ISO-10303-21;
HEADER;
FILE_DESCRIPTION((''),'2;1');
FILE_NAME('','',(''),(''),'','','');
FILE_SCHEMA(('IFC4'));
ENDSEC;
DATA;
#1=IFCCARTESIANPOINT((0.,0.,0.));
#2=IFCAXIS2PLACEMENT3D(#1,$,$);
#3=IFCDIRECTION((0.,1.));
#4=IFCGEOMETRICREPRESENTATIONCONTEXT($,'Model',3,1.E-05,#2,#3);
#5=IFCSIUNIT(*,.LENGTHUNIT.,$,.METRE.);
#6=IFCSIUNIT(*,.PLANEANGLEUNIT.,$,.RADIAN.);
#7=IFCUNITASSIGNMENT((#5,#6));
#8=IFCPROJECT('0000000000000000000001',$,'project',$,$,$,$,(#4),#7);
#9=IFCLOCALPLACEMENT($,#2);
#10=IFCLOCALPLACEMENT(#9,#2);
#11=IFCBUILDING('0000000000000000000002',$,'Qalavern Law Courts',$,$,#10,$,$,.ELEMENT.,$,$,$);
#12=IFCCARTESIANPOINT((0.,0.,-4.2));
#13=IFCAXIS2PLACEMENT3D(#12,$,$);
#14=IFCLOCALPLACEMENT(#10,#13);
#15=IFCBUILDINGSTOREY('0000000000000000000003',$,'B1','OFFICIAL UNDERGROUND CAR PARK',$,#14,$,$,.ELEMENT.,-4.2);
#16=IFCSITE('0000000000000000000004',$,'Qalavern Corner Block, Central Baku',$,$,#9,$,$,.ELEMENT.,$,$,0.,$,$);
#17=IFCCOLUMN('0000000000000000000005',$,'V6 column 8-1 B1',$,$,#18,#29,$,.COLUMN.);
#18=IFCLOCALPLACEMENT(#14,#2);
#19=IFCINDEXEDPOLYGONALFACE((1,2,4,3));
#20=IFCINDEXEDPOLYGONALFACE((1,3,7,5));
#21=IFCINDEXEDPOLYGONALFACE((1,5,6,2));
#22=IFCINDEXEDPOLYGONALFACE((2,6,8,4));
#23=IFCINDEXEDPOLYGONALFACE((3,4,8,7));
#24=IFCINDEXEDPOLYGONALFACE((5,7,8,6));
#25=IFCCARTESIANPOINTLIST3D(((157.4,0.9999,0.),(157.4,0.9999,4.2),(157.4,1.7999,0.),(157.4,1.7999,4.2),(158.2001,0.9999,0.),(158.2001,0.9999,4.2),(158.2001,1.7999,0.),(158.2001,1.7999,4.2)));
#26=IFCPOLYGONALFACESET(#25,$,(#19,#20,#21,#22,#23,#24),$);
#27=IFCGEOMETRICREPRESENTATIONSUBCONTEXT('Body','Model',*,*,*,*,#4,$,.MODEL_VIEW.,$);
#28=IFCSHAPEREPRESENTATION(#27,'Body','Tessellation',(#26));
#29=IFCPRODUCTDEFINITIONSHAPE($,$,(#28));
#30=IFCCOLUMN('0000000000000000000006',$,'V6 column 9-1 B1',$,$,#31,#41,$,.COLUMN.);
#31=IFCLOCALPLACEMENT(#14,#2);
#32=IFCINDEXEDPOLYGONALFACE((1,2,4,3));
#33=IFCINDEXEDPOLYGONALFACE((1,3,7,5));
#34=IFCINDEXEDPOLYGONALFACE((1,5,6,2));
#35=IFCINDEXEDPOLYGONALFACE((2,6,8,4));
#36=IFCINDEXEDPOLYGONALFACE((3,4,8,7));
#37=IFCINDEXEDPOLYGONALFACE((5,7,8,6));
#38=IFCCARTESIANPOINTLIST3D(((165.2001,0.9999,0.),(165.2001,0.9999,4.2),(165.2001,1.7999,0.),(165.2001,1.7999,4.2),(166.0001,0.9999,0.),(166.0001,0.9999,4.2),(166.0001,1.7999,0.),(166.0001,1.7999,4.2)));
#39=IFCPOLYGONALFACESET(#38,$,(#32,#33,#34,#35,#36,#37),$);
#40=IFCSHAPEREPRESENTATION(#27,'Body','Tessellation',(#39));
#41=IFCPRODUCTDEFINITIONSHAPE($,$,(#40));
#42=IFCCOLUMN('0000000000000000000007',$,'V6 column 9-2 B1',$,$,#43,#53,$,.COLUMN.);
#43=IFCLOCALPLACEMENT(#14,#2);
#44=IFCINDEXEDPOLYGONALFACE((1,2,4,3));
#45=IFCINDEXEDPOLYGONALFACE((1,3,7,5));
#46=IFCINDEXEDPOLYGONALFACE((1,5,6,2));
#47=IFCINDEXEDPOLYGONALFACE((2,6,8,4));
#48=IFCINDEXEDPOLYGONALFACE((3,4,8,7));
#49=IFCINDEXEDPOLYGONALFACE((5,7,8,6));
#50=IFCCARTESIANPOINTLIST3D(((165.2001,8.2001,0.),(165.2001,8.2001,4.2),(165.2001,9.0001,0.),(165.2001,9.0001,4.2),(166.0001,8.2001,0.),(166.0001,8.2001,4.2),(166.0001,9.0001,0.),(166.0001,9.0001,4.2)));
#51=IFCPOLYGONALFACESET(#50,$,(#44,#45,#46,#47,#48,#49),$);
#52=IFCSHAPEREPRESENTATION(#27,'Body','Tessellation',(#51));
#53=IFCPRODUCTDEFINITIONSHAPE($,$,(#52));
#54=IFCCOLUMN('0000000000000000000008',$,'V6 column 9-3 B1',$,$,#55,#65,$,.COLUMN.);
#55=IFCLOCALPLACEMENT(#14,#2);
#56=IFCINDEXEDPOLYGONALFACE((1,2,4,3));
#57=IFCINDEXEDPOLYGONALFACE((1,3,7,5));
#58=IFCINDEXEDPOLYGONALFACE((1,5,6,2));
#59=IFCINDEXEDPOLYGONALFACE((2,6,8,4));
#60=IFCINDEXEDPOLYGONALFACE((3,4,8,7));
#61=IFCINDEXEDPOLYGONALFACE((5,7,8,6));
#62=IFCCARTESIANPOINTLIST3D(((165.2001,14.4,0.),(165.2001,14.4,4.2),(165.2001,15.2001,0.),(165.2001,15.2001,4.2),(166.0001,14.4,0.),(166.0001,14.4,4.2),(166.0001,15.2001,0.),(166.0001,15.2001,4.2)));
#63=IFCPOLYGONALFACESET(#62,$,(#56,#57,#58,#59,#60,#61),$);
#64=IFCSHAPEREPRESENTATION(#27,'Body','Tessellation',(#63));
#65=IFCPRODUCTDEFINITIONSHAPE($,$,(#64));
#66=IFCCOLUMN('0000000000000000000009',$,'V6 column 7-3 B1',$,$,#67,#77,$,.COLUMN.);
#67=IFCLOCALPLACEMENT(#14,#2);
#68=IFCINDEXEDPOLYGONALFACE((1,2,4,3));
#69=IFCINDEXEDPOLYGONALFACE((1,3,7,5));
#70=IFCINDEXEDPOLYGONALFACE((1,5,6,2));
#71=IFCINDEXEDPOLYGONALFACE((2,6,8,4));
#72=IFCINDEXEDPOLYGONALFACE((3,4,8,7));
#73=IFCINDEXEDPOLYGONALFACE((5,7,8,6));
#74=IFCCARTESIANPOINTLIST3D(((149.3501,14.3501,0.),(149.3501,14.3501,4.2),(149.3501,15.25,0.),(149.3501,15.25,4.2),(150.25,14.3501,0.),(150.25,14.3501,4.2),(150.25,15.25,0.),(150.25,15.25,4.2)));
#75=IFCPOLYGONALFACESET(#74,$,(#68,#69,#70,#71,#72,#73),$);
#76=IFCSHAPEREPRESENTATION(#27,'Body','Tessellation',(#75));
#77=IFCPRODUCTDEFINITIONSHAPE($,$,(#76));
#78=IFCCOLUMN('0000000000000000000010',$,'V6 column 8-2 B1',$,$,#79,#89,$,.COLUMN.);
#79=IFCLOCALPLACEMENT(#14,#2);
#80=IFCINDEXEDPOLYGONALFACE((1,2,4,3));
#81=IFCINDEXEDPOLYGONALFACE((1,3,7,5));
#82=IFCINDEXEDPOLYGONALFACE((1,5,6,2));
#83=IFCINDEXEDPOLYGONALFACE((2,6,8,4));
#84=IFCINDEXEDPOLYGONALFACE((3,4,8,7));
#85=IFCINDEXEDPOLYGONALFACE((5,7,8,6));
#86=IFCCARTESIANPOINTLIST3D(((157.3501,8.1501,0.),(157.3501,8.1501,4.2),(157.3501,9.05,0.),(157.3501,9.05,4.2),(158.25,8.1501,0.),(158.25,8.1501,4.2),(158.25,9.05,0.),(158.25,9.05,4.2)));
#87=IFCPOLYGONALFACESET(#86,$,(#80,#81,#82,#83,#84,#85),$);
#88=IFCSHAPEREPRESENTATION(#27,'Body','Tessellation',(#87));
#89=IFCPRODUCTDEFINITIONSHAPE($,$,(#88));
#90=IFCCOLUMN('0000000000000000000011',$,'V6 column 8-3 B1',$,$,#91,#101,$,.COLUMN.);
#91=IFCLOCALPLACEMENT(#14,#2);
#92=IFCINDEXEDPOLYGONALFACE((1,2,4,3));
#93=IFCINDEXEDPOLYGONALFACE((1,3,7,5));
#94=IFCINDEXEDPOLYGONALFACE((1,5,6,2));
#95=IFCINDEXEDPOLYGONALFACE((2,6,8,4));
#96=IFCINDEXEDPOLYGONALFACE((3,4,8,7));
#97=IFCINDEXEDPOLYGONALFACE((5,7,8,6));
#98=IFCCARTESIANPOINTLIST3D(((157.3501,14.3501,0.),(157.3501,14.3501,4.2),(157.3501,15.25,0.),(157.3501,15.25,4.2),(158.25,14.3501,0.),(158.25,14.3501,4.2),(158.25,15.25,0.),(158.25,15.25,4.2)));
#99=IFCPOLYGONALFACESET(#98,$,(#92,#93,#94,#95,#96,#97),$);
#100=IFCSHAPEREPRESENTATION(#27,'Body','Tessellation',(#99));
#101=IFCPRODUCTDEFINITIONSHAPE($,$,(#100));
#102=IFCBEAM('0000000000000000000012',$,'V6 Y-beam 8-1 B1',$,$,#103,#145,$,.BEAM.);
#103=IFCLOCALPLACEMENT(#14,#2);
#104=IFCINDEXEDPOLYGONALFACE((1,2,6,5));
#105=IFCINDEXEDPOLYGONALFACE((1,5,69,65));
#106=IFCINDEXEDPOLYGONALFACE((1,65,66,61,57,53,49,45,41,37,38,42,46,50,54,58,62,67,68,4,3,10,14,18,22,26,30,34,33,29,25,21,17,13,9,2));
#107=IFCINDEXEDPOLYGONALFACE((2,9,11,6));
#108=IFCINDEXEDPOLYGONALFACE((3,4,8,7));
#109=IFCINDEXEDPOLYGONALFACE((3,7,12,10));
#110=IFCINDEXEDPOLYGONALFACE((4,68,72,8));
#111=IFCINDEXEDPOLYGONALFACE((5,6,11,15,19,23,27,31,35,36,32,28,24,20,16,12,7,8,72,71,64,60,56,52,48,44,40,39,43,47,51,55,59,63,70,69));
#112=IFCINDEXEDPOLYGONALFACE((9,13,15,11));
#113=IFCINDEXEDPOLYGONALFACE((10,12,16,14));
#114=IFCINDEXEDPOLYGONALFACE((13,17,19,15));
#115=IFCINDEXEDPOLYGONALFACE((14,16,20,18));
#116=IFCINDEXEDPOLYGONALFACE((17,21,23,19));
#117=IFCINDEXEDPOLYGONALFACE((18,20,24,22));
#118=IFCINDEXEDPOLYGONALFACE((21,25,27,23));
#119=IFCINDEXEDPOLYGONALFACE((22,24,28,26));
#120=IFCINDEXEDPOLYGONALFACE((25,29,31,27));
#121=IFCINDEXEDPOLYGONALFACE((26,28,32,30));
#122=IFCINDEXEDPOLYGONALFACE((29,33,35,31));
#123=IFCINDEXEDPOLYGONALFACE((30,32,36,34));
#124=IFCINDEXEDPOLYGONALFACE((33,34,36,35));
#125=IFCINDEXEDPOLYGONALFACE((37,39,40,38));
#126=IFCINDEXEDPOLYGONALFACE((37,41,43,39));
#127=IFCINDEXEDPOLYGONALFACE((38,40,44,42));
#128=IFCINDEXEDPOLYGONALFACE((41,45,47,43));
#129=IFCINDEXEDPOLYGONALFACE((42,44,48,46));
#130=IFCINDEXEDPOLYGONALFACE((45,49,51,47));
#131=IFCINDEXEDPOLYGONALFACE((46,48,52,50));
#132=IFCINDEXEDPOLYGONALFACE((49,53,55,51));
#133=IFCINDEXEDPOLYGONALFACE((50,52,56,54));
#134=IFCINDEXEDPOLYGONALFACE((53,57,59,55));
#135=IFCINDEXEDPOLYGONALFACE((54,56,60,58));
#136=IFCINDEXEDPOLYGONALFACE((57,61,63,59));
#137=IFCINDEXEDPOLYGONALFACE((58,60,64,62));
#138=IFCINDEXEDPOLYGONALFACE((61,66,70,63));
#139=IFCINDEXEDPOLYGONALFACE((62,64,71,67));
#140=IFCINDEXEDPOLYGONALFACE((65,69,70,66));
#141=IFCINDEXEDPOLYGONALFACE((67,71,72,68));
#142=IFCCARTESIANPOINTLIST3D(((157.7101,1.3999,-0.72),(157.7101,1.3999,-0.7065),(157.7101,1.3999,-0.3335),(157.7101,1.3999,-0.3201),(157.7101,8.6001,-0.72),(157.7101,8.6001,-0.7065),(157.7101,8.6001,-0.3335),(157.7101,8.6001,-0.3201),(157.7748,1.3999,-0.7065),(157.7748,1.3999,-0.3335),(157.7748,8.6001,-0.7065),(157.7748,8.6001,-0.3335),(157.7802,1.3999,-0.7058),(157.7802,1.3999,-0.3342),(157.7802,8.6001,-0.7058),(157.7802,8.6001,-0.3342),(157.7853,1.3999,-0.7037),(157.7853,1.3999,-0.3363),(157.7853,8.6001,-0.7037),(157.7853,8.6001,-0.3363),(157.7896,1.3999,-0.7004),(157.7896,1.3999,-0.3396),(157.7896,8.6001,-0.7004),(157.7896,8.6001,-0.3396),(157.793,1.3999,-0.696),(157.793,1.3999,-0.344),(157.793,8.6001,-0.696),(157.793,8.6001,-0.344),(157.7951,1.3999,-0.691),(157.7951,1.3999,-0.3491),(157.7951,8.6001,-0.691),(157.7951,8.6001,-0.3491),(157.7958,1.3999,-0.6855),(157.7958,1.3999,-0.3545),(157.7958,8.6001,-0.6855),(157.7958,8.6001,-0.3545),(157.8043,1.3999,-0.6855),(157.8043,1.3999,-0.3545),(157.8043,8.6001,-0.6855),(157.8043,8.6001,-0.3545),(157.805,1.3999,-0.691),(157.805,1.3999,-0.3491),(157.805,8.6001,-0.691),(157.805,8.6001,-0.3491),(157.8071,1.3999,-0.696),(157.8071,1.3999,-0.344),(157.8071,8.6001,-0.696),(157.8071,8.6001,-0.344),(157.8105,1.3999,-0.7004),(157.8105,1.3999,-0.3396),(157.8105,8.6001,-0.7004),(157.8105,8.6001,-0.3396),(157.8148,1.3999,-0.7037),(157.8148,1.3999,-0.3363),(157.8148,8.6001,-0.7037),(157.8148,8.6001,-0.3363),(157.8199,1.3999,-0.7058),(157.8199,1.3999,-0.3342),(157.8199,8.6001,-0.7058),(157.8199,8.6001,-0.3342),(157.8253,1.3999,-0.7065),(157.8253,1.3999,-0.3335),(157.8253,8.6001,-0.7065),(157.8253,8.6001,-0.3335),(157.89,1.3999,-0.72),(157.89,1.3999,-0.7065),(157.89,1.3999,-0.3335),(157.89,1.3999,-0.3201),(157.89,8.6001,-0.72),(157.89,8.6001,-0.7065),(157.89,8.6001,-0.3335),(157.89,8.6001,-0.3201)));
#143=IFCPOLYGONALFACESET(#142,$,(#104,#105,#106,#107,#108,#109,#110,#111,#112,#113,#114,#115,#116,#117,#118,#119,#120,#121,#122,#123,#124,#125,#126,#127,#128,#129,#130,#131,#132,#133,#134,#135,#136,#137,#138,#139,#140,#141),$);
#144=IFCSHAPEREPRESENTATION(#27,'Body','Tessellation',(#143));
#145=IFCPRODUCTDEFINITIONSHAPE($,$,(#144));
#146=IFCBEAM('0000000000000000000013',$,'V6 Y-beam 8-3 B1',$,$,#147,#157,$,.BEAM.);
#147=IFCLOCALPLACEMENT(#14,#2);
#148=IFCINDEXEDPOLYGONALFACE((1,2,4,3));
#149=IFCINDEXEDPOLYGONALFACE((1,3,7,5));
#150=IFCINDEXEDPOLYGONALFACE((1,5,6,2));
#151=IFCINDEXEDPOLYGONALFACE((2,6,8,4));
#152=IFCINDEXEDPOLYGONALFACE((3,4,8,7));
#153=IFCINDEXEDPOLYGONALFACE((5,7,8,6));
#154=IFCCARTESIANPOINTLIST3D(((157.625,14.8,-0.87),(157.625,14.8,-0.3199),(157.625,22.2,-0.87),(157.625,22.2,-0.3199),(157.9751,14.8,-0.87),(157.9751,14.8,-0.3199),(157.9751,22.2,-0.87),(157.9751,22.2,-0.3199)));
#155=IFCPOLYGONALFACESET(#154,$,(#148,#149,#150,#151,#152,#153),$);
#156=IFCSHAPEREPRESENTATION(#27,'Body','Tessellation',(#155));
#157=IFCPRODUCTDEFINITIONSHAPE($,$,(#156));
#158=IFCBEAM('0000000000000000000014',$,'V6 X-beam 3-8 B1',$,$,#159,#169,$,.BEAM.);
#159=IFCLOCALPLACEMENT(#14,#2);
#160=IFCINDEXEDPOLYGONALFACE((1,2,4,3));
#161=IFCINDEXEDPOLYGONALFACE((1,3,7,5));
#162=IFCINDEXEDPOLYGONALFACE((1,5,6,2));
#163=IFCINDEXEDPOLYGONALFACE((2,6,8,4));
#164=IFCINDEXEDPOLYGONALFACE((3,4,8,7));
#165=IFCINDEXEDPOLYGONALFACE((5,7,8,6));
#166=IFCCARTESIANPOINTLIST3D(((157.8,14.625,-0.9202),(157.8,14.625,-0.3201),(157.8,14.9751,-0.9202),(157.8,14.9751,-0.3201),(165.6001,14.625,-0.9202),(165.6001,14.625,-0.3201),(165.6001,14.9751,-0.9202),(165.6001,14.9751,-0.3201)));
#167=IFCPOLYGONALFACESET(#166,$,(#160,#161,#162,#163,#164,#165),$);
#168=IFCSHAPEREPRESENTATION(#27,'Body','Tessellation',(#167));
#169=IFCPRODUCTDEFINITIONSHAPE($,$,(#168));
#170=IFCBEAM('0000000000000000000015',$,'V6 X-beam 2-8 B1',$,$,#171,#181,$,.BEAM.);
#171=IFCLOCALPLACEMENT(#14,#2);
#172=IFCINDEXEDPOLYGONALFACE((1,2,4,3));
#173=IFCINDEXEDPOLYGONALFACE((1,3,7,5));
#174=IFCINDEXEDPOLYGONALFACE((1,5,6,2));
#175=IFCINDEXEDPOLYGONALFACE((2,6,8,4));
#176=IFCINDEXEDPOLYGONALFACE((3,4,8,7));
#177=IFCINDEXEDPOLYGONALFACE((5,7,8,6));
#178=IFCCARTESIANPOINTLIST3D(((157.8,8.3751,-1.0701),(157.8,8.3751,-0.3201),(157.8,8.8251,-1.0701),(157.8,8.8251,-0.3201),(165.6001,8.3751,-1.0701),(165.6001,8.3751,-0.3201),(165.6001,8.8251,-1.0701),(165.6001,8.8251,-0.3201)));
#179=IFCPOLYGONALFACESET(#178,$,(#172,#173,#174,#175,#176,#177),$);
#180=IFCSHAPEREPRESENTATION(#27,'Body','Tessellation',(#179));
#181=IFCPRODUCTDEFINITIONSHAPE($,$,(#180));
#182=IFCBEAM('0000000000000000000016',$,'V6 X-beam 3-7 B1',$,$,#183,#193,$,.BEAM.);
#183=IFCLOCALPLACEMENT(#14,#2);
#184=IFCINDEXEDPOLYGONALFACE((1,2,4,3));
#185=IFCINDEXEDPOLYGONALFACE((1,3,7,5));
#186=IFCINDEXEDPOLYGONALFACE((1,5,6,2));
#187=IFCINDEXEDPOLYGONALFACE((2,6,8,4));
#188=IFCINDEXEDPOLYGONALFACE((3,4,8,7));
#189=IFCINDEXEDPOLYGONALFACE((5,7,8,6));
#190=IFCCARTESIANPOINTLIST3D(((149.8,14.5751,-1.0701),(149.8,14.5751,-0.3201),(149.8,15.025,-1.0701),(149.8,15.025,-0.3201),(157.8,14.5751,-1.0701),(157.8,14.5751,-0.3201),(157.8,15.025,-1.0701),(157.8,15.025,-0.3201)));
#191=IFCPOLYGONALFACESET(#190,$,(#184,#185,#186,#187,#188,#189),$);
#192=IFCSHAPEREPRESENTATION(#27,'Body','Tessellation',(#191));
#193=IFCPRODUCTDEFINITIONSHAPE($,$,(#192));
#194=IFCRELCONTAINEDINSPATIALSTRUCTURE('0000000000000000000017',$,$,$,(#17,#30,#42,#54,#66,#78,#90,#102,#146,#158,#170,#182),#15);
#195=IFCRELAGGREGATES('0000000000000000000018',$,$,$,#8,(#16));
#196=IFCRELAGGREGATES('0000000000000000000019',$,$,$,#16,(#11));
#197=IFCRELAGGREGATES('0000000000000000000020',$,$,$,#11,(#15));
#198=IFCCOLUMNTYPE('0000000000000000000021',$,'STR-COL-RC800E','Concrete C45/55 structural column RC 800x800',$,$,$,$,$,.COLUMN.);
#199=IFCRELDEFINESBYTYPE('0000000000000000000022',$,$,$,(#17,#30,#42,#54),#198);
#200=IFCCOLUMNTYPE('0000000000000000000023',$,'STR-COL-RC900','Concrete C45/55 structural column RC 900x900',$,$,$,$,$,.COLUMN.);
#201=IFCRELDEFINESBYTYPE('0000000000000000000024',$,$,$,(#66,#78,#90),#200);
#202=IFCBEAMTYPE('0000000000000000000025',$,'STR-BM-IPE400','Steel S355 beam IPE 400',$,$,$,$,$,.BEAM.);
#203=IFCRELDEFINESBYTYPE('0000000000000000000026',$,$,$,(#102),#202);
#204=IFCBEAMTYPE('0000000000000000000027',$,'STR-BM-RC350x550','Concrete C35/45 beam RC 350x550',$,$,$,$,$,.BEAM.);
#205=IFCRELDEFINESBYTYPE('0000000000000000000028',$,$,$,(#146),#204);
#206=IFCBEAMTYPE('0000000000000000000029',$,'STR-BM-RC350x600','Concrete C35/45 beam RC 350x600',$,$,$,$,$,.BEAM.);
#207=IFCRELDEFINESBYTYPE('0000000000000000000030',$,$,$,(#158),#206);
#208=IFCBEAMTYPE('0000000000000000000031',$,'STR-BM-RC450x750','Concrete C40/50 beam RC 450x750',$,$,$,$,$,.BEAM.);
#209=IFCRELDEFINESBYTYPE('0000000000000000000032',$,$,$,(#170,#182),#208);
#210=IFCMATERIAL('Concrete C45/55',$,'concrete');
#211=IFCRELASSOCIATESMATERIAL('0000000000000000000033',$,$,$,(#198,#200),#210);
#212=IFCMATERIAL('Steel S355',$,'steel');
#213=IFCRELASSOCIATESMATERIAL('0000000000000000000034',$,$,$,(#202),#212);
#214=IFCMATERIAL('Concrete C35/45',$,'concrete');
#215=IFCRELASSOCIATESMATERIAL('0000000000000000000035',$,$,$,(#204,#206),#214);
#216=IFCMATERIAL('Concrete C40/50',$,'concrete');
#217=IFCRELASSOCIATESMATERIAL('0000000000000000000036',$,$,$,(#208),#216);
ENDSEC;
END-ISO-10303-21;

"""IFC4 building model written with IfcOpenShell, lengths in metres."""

from ifc_helpers import new_model, si_unit, direction, frame, origin, origin_2d, place, context, subcontext, project, spatial, rectangle, i_section, extrude, material, material_profile, profile_set, type_object, element, save


model = new_model("IFC4")

# Units and contexts
model_context = context("Model", 3, precision=1e-05, world=origin(), true_north=direction((0.0, 1.0)))
body_context = subcontext(model_context, "Body", "Model", "MODEL_VIEW")
ifc_project = project(units=[si_unit("LENGTHUNIT", "METRE"), si_unit("PLANEANGLEUNIT", "RADIAN")], contexts=[model_context])

# Site, building, storey
site_placement = place(None, origin())
site = spatial("IfcSite", under=ifc_project, at=site_placement, Name="Qalavern Corner Block, Central Baku", CompositionType="ELEMENT", RefElevation=0.0)
building_placement = place(site_placement, origin())
building = spatial("IfcBuilding", under=site, at=building_placement, Name="Qalavern Law Courts", CompositionType="ELEMENT")
storey_placement = place(building_placement, frame((0.0, 0.0, -4.2)))
storey = spatial("IfcBuildingStorey", under=building, at=storey_placement, Name="B1", Description="OFFICIAL UNDERGROUND CAR PARK", CompositionType="ELEMENT", Elevation=-4.2)

# Columns
ifc_material_1 = material(Name="Concrete C45/55", Category="concrete")
ifc_material_profile_1 = material_profile(ifc_material_1, rectangle(XDim=0.8, YDim=0.8, at=origin_2d()), Name="RC 800x800")
ifc_profile_set_1 = profile_set([ifc_material_profile_1], Name="Concrete C45/55")
column_type_1 = type_object("IfcColumnType", Name="STR-COL-RC800E", Description="Concrete C45/55 structural column RC 800x800", PredefinedType="COLUMN", material=ifc_profile_set_1)
for number, where, z_axis, x_axis, name in (
    (1, (157.8, 1.3999, 0.0), (0.0, 0.0, 1.0), (1.0, 0.0, 0.0), "V6 column 8-1 B1"),
    (2, (165.6001, 1.3999, 0.0), (0.0, 0.0, 1.0), (1.0, 0.0, 0.0), "V6 column 9-1 B1"),
    (3, (165.6001, 8.6001, 0.0), (0.0, 0.0, 1.0), (1.0, 0.0, 0.0), "V6 column 9-2 B1"),
    (4, (165.6001, 14.8, 0.0), (0.0, 0.0, 1.0), (1.0, 0.0, 0.0), "V6 column 9-3 B1"),
):
    element("IfcColumn", number, at=place(storey_placement, frame(where, z_axis=z_axis, x_axis=x_axis)), inside=storey, type_object=column_type_1, Name=name, PredefinedType="COLUMN", context=body_context, shape_type="SweptSolid", body=[
        extrude(rectangle(XDim=0.8, YDim=0.8, at=origin_2d()), origin(), (0.0, 0.0, 1.0), 4.2),
    ])
ifc_material_profile_2 = material_profile(ifc_material_1, rectangle(XDim=0.8999, YDim=0.8999, at=origin_2d()), Name="RC 900x900")
ifc_profile_set_2 = profile_set([ifc_material_profile_2], Name="Concrete C45/55")
column_type_2 = type_object("IfcColumnType", Name="STR-COL-RC900", Description="Concrete C45/55 structural column RC 900x900", PredefinedType="COLUMN", material=ifc_profile_set_2)
for number, where, z_axis, x_axis, name in (
    (5, (149.8, 14.8, 0.0), (0.0, 0.0, 1.0), (1.0, 0.0, 0.0), "V6 column 7-3 B1"),
    (6, (157.8, 8.6001, 0.0), (0.0, 0.0, 1.0), (1.0, 0.0, 0.0), "V6 column 8-2 B1"),
    (7, (157.8, 14.8, 0.0), (0.0, 0.0, 1.0), (1.0, 0.0, 0.0), "V6 column 8-3 B1"),
):
    element("IfcColumn", number, at=place(storey_placement, frame(where, z_axis=z_axis, x_axis=x_axis)), inside=storey, type_object=column_type_2, Name=name, PredefinedType="COLUMN", context=body_context, shape_type="SweptSolid", body=[
        extrude(rectangle(XDim=0.8999, YDim=0.8999, at=origin_2d()), origin(), (0.0, 0.0, 1.0), 4.2),
    ])

# Beams
ifc_material_2 = material(Name="Steel S355", Category="steel")
ifc_material_profile_3 = material_profile(ifc_material_2, i_section(OverallWidth=0.1799, OverallDepth=0.3999, WebThickness=0.0085, FlangeThickness=0.0134, FilletRadius=0.021, at=origin_2d()), Name="IPE 400")
ifc_profile_set_3 = profile_set([ifc_material_profile_3], Name="Steel S355")
beam_type_1 = type_object("IfcBeamType", Name="STR-BM-IPE400", Description="Steel S355 beam IPE 400", PredefinedType="BEAM", material=ifc_profile_set_3)
beam_1_placement = place(storey_placement, frame((157.8, 1.3999, -0.52), z_axis=(0.0, 1.0, 0.0), x_axis=(-1.0, 0.0, 0.0)))
element("IfcBeam", 8, at=beam_1_placement, inside=storey, type_object=beam_type_1, Name="V6 Y-beam 8-1 B1", PredefinedType="BEAM", context=body_context, shape_type="SweptSolid", body=[
    extrude(i_section(OverallWidth=0.1799, OverallDepth=0.3999, WebThickness=0.0085, FlangeThickness=0.0134, FilletRadius=0.021, at=origin_2d()), origin(), (0.0, 0.0, 1.0), 7.2002),
])
ifc_material_3 = material(Name="Concrete C35/45", Category="concrete")
ifc_material_profile_4 = material_profile(ifc_material_3, rectangle(XDim=0.3501, YDim=0.55, at=origin_2d()), Name="RC 350x550")
ifc_profile_set_4 = profile_set([ifc_material_profile_4], Name="Concrete C35/45")
beam_type_2 = type_object("IfcBeamType", Name="STR-BM-RC350x550", Description="Concrete C35/45 beam RC 350x550", PredefinedType="BEAM", material=ifc_profile_set_4)
beam_2_placement = place(storey_placement, frame((157.8, 14.8, -0.595), z_axis=(0.0, 1.0, 0.0), x_axis=(-1.0, 0.0, 0.0)))
element("IfcBeam", 9, at=beam_2_placement, inside=storey, type_object=beam_type_2, Name="V6 Y-beam 8-3 B1", PredefinedType="BEAM", context=body_context, shape_type="SweptSolid", body=[
    extrude(rectangle(XDim=0.3501, YDim=0.55, at=origin_2d()), origin(), (0.0, 0.0, 1.0), 7.3999),
])
ifc_material_profile_5 = material_profile(ifc_material_3, rectangle(XDim=0.3501, YDim=0.6001, at=origin_2d()), Name="RC 350x600")
ifc_profile_set_5 = profile_set([ifc_material_profile_5], Name="Concrete C35/45")
beam_type_3 = type_object("IfcBeamType", Name="STR-BM-RC350x600", Description="Concrete C35/45 beam RC 350x600", PredefinedType="BEAM", material=ifc_profile_set_5)
beam_3_placement = place(storey_placement, frame((157.8, 14.8, -0.6201), z_axis=(1.0, 0.0, 0.0), x_axis=(0.0, 1.0, 0.0)))
element("IfcBeam", 10, at=beam_3_placement, inside=storey, type_object=beam_type_3, Name="V6 X-beam 3-8 B1", PredefinedType="BEAM", context=body_context, shape_type="SweptSolid", body=[
    extrude(rectangle(XDim=0.3501, YDim=0.6001, at=origin_2d()), origin(), (0.0, 0.0, 1.0), 7.8),
])
ifc_material_4 = material(Name="Concrete C40/50", Category="concrete")
ifc_material_profile_6 = material_profile(ifc_material_4, rectangle(XDim=0.45, YDim=0.75, at=origin_2d()), Name="RC 450x750")
ifc_profile_set_6 = profile_set([ifc_material_profile_6], Name="Concrete C40/50")
beam_type_4 = type_object("IfcBeamType", Name="STR-BM-RC450x750", Description="Concrete C40/50 beam RC 450x750", PredefinedType="BEAM", material=ifc_profile_set_6)
beam_4_placement = place(storey_placement, frame((157.8, 8.6001, -0.6951), z_axis=(1.0, 0.0, 0.0), x_axis=(0.0, 1.0, 0.0)))
element("IfcBeam", 11, at=beam_4_placement, inside=storey, type_object=beam_type_4, Name="V6 X-beam 2-8 B1", PredefinedType="BEAM", context=body_context, shape_type="SweptSolid", body=[
    extrude(rectangle(XDim=0.45, YDim=0.75, at=origin_2d()), origin(), (0.0, 0.0, 1.0), 7.8),
])
beam_5_placement = place(storey_placement, frame((149.8, 14.8, -0.6951), z_axis=(1.0, 0.0, 0.0), x_axis=(0.0, 1.0, 0.0)))
element("IfcBeam", 12, at=beam_5_placement, inside=storey, type_object=beam_type_4, Name="V6 X-beam 3-7 B1", PredefinedType="BEAM", context=body_context, shape_type="SweptSolid", body=[
    extrude(rectangle(XDim=0.45, YDim=0.75, at=origin_2d()), origin(), (0.0, 0.0, 1.0), 8.0),
])

save(model, "model.ifc")
